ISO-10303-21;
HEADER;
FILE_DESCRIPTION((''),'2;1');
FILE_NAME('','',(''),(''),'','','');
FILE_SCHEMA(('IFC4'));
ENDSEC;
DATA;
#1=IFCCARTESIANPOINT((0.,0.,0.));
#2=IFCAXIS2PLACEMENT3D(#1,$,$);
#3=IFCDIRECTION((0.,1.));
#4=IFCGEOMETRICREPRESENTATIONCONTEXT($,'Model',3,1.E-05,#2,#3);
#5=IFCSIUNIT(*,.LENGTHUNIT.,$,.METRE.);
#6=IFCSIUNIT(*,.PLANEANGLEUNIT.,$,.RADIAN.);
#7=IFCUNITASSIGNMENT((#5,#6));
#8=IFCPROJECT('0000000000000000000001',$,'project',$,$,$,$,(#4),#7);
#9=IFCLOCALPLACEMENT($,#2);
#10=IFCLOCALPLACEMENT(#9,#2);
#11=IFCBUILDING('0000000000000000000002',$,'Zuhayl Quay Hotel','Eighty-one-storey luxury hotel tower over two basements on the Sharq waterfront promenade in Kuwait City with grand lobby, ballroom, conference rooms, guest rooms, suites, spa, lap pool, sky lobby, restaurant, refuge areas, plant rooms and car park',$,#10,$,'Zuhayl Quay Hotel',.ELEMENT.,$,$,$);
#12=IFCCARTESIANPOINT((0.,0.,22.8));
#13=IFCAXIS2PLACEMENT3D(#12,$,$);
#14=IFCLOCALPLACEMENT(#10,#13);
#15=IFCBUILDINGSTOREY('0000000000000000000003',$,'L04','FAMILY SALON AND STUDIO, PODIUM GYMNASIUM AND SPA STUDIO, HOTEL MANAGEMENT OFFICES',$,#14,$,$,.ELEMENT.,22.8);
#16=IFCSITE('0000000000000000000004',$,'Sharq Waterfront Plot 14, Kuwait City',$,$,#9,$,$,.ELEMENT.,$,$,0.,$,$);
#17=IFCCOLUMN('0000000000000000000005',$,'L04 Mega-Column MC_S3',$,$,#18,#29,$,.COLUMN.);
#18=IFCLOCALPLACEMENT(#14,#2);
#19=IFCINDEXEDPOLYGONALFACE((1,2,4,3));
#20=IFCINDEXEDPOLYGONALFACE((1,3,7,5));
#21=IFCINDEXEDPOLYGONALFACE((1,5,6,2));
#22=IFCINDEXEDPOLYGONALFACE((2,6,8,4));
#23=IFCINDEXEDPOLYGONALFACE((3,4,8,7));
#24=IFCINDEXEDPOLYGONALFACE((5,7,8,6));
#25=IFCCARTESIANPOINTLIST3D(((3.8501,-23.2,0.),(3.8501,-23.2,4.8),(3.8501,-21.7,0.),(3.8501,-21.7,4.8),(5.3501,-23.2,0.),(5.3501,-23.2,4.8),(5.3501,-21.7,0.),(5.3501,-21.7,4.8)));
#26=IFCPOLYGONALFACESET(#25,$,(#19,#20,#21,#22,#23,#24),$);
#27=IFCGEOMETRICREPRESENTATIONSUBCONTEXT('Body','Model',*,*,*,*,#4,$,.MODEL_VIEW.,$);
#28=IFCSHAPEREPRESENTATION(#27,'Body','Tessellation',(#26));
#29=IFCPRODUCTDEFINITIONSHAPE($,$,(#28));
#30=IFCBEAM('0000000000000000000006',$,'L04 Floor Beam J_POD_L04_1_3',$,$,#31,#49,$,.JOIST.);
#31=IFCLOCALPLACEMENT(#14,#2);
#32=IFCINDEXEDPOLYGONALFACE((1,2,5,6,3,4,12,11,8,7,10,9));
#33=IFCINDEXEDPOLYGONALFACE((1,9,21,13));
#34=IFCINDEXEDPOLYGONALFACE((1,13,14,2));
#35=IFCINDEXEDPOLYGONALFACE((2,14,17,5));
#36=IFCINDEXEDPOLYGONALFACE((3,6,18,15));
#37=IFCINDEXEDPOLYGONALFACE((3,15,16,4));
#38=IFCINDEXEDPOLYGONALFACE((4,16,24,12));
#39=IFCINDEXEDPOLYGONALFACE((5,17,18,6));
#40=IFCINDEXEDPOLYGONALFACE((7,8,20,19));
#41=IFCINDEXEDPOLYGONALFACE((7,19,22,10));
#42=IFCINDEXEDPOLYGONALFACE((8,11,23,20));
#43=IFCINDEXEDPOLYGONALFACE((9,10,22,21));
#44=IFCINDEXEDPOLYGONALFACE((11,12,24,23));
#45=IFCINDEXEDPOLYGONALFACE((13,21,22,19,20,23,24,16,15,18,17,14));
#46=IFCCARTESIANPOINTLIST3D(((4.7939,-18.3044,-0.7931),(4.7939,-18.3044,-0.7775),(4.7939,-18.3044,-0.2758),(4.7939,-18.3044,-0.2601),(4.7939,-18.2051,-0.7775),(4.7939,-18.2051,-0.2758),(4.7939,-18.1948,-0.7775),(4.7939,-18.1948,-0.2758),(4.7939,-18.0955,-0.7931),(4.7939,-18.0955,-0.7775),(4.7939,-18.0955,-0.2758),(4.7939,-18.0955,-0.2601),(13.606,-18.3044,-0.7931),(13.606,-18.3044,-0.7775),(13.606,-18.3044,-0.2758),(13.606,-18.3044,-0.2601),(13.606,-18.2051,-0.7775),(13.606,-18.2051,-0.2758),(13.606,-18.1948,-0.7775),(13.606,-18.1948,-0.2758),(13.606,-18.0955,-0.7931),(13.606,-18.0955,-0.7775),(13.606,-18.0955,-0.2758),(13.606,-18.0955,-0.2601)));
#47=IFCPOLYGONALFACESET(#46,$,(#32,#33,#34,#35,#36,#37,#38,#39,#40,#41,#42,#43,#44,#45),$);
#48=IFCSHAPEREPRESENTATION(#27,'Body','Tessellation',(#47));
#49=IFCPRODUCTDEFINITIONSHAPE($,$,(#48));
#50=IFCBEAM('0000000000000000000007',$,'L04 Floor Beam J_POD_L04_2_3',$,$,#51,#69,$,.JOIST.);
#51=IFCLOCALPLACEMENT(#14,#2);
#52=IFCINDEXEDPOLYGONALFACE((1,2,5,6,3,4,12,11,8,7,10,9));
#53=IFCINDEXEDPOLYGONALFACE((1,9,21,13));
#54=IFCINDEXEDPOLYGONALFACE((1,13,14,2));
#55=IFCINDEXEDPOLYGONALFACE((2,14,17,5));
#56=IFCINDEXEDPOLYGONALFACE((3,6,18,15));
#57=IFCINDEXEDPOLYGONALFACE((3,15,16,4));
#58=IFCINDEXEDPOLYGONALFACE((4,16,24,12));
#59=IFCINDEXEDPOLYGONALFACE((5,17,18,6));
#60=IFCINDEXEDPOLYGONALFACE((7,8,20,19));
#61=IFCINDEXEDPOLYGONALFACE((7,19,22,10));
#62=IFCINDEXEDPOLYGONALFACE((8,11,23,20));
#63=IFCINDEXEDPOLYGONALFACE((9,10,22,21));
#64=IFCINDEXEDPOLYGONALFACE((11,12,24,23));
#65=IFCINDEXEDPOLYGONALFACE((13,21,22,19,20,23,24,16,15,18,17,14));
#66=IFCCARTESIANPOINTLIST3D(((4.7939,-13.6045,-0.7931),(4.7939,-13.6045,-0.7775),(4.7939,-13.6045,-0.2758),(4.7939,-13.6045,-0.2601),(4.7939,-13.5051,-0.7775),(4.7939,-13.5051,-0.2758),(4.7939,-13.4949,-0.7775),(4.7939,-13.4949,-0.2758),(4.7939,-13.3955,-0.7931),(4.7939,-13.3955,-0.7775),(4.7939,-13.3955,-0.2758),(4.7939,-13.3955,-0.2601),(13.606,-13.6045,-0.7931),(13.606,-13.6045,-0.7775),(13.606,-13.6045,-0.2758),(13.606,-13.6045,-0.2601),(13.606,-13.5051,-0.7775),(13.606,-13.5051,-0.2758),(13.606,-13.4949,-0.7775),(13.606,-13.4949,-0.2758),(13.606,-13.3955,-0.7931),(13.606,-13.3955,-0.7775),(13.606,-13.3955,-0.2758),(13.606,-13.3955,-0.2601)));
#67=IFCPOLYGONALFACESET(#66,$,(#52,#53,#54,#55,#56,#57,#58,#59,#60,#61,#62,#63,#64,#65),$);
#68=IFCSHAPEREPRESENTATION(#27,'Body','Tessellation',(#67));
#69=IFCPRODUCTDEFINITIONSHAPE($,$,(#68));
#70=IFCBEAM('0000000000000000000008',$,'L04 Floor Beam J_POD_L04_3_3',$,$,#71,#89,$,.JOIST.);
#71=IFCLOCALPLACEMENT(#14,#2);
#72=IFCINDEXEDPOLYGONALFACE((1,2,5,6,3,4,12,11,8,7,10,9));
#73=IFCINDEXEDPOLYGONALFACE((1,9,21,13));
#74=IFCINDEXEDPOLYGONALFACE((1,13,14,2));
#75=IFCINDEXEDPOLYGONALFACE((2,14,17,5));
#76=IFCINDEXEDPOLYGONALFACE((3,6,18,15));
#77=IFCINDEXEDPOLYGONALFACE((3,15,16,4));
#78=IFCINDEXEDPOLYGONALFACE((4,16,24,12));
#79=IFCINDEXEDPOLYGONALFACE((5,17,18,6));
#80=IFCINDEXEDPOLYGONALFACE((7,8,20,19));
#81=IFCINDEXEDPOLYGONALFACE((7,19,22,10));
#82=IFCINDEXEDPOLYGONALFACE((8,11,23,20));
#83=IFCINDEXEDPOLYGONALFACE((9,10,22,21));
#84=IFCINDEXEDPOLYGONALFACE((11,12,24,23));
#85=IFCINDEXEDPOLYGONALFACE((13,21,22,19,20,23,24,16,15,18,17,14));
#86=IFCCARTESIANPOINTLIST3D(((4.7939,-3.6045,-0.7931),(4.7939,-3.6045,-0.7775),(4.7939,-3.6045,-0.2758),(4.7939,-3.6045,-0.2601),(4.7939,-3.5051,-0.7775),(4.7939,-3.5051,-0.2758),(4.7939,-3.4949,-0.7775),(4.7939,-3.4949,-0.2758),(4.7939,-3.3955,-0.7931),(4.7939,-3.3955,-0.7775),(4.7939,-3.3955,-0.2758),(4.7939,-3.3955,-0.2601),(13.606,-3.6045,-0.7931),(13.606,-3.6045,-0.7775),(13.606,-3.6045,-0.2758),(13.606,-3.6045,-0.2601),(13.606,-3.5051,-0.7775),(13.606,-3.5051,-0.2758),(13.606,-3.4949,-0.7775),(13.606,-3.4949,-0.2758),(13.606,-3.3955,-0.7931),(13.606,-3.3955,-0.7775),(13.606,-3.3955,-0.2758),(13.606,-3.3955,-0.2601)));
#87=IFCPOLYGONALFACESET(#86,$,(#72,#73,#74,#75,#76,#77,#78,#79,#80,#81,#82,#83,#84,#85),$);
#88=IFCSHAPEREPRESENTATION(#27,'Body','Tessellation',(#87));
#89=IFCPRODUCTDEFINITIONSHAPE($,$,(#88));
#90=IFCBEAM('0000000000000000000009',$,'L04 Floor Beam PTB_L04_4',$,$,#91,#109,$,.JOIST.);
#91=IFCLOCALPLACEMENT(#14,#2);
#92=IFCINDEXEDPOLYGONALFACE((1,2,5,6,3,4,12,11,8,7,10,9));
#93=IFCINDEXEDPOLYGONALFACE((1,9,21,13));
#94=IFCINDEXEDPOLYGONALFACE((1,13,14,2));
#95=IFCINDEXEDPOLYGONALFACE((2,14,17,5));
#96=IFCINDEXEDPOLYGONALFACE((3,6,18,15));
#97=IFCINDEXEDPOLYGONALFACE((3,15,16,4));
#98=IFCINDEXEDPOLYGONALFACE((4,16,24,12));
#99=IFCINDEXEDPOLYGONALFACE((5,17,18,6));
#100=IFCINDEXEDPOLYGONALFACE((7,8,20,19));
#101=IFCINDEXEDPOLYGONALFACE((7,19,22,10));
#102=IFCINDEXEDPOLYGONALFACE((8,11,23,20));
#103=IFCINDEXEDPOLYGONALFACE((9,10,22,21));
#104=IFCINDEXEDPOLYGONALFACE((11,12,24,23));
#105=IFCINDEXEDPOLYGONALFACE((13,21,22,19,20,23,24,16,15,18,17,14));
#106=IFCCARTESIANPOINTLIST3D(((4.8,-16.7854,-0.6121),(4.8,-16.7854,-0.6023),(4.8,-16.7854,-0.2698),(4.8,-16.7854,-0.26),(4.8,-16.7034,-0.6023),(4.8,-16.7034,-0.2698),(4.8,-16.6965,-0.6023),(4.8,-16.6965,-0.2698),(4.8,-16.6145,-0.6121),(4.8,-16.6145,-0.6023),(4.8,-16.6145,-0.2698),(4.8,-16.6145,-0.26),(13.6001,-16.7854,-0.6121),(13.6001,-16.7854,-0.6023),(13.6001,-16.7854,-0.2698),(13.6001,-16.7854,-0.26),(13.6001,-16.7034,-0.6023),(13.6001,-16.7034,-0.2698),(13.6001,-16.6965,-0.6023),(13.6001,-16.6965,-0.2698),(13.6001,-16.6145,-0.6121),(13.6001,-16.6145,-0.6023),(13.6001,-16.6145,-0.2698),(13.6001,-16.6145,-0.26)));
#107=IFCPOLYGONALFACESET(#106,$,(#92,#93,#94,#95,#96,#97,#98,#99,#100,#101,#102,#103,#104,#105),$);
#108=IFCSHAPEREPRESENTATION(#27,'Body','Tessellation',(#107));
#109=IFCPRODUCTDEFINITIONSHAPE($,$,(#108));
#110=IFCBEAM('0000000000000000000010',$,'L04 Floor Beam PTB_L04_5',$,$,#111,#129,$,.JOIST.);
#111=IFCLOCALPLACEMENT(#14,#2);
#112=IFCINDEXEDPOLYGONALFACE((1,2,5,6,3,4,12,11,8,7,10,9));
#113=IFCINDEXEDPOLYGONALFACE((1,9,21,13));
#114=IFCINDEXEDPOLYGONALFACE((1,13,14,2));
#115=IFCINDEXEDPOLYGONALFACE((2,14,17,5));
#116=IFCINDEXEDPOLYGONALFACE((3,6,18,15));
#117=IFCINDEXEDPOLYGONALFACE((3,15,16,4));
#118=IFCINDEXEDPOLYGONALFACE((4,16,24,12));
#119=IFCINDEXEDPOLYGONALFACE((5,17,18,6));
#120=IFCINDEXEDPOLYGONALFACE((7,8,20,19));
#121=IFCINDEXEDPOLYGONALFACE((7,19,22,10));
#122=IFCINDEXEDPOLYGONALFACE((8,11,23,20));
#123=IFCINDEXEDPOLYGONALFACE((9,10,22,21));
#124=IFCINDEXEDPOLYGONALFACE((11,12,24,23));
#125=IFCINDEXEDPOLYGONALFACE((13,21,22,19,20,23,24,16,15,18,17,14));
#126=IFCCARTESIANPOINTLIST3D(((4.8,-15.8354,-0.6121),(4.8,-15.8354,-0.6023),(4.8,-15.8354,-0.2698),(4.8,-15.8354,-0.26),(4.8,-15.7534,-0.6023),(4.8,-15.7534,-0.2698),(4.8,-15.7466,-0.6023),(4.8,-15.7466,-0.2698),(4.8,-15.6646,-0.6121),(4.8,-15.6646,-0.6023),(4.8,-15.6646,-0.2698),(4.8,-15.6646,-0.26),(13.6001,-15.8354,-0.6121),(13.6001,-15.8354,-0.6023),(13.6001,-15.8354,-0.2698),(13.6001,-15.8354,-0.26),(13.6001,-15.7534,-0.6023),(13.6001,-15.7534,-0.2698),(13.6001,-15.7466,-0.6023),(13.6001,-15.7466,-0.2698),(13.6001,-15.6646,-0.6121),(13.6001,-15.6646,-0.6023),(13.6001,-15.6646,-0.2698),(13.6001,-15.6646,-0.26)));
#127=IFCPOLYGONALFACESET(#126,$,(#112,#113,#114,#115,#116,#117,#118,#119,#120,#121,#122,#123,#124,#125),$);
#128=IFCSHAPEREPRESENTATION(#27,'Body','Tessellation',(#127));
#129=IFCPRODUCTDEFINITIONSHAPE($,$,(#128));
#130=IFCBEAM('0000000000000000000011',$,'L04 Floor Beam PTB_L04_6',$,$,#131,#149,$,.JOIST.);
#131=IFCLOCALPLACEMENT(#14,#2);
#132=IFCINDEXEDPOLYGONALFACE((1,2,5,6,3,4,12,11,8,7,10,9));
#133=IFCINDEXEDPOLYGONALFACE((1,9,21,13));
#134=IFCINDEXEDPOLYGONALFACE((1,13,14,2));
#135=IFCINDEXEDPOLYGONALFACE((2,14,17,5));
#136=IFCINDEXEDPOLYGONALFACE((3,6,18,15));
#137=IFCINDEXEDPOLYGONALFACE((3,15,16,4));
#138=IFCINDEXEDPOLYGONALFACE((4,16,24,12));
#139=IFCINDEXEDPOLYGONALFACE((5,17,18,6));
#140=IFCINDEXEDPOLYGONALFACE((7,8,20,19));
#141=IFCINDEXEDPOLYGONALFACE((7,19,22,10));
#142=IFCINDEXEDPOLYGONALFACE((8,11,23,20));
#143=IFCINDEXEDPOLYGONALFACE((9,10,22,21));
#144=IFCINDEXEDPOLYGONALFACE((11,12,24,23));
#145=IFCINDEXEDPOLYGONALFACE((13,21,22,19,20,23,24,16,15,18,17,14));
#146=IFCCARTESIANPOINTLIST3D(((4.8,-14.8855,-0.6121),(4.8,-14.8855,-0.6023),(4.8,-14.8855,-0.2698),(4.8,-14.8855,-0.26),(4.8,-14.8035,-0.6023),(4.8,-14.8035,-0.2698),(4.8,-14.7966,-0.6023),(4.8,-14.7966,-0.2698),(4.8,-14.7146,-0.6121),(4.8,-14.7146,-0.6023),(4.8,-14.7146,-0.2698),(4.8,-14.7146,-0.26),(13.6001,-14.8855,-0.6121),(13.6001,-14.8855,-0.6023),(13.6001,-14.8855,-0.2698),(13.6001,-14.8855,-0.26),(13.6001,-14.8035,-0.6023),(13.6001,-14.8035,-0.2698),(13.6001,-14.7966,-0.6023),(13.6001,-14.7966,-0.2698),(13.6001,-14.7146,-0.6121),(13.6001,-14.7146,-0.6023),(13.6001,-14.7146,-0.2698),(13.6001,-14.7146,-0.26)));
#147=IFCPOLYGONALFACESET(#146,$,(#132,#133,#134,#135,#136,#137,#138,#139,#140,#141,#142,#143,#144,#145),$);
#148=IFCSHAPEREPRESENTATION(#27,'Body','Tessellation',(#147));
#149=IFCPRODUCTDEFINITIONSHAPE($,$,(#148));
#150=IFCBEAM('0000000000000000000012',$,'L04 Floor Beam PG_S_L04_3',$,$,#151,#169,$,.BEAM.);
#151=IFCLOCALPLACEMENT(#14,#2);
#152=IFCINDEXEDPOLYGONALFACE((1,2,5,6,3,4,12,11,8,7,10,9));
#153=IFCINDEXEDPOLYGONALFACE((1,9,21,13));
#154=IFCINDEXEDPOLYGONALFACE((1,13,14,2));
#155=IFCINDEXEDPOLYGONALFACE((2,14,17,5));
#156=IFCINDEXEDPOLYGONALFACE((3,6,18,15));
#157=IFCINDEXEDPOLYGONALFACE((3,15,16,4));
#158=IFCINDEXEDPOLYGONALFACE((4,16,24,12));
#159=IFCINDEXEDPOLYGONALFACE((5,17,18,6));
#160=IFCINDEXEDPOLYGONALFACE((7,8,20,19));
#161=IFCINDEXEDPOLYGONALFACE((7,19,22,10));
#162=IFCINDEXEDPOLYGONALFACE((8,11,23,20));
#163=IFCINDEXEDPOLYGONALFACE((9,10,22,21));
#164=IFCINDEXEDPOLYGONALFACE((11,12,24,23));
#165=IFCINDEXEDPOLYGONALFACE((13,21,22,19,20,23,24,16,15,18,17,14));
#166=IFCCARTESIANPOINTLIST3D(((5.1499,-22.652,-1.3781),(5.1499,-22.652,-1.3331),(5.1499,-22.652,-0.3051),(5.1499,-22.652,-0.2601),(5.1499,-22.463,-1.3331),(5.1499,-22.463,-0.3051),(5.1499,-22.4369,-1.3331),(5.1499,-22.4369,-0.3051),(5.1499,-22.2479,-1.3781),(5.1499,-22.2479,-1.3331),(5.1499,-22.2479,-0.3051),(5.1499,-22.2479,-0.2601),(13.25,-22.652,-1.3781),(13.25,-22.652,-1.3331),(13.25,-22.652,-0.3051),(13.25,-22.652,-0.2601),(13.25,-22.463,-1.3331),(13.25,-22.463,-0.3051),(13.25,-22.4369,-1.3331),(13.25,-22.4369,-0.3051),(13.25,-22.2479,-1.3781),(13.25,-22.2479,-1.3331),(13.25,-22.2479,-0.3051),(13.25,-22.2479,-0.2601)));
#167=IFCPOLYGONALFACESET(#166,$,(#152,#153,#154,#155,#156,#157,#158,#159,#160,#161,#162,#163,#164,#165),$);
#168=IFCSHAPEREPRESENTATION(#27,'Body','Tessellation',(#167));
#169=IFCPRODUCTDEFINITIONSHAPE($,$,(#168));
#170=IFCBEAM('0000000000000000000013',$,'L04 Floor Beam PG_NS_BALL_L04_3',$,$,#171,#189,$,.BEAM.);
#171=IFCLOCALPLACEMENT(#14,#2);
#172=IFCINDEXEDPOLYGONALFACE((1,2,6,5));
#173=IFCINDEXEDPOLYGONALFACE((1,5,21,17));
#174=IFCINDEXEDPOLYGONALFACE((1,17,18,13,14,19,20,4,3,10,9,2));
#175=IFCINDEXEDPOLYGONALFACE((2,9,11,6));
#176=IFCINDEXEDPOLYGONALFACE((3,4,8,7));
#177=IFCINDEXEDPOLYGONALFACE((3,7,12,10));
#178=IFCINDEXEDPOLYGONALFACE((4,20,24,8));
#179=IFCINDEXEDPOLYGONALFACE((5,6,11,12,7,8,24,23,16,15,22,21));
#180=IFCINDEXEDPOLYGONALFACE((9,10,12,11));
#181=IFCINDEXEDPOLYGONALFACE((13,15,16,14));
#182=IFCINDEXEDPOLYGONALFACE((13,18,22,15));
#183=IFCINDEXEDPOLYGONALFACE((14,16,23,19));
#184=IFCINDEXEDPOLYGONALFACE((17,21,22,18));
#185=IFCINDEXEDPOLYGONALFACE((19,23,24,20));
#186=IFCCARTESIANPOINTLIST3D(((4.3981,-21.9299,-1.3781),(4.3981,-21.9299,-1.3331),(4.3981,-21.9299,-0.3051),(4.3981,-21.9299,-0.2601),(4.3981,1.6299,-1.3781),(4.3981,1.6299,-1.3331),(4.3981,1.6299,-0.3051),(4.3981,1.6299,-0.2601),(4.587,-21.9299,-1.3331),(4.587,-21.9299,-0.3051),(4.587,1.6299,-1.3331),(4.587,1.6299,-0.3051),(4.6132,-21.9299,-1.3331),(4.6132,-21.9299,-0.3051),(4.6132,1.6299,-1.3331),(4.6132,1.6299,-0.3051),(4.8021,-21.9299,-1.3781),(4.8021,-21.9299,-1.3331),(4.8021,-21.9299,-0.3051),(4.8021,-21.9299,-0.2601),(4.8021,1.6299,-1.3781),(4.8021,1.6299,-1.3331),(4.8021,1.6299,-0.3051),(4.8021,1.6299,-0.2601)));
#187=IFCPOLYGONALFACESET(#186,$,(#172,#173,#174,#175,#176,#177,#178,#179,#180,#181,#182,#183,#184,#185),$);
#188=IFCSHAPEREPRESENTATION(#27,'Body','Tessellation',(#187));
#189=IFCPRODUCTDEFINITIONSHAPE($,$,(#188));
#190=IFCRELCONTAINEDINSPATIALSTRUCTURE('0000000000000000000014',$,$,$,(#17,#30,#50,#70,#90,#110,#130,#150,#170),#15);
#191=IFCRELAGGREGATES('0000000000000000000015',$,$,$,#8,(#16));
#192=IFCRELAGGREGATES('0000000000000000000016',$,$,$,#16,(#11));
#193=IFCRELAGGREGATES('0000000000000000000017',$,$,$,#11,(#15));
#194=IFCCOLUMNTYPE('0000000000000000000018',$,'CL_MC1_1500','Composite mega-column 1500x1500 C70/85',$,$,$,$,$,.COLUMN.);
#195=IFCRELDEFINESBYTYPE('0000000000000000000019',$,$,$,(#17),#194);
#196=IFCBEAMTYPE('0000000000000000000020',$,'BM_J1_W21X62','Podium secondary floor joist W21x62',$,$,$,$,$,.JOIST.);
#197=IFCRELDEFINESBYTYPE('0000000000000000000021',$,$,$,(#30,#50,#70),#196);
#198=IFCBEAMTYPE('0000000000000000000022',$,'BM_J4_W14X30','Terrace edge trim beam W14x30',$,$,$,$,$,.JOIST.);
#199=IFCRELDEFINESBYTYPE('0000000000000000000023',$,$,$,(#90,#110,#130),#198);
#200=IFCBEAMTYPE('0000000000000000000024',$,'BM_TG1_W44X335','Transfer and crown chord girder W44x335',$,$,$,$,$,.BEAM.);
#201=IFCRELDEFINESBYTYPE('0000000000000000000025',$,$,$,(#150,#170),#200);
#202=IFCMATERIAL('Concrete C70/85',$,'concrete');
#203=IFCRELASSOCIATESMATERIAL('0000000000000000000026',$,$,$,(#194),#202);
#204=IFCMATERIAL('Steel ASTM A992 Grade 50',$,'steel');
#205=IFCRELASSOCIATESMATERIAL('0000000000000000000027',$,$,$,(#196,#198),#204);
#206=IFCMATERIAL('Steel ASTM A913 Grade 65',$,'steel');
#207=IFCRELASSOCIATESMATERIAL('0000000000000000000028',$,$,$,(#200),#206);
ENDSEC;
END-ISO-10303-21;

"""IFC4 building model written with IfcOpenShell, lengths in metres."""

from ifc_helpers import new_model, si_unit, direction, frame, origin, origin_2d, place, context, subcontext, project, spatial, rectangle, i_section, extrude, material, material_profile, profile_set, type_object, element, save


model = new_model("IFC4")

# Units and contexts
model_context = context("Model", 3, precision=1e-05, world=origin(), true_north=direction((0.0, 1.0)))
body_context = subcontext(model_context, "Body", "Model", "MODEL_VIEW")
ifc_project = project(units=[si_unit("LENGTHUNIT", "METRE"), si_unit("PLANEANGLEUNIT", "RADIAN")], contexts=[model_context])

# Site, building, storey
site_placement = place(None, origin())
site = spatial("IfcSite", under=ifc_project, at=site_placement, Name="Sharq Waterfront Plot 14, Kuwait City", CompositionType="ELEMENT", RefElevation=0.0)
building_placement = place(site_placement, origin())
building = spatial("IfcBuilding", under=site, at=building_placement, Name="Zuhayl Quay Hotel", Description="Eighty-one-storey luxury hotel tower over two basements on the Sharq waterfront promenade in Kuwait City with grand lobby, ballroom, conference rooms, guest rooms, suites, spa, lap pool, sky lobby, restaurant, refuge areas, plant rooms and car park", LongName="Zuhayl Quay Hotel", CompositionType="ELEMENT")
storey_placement = place(building_placement, frame((0.0, 0.0, 22.8)))
storey = spatial("IfcBuildingStorey", under=building, at=storey_placement, Name="L04", Description="FAMILY SALON AND STUDIO, PODIUM GYMNASIUM AND SPA STUDIO, HOTEL MANAGEMENT OFFICES", CompositionType="ELEMENT", Elevation=22.8)

# Column
ifc_material_1 = material(Name="Concrete C70/85", Category="concrete")
ifc_material_profile_1 = material_profile(ifc_material_1, rectangle(XDim=1.5, YDim=1.5, at=origin_2d()), Name="RC1500X1500")
ifc_profile_set_1 = profile_set([ifc_material_profile_1], Name="Concrete C70/85")
column_type = type_object("IfcColumnType", Name="CL_MC1_1500", Description="Composite mega-column 1500x1500 C70/85", PredefinedType="COLUMN", material=ifc_profile_set_1)
column_placement = place(storey_placement, frame((4.6001, -22.45, 0.0), z_axis=(0.0, 0.0, 1.0), x_axis=(1.0, 0.0, 0.0)))
element("IfcColumn", 1, at=column_placement, inside=storey, type_object=column_type, Name="L04 Mega-Column MC_S3", PredefinedType="COLUMN", context=body_context, shape_type="SweptSolid", body=[
    extrude(rectangle(XDim=1.5, YDim=1.5, at=origin_2d()), origin(), (0.0, 0.0, 1.0), 4.8),
])

# Beams
ifc_material_2 = material(Name="Steel ASTM A992 Grade 50", Category="steel")
ifc_material_profile_2 = material_profile(ifc_material_2, i_section(OverallWidth=0.209, OverallDepth=0.533, WebThickness=0.0103, FlangeThickness=0.0156, at=origin_2d()), Name="W21X62")
ifc_profile_set_2 = profile_set([ifc_material_profile_2], Name="Steel ASTM A992 Grade 50")
beam_type_1 = type_object("IfcBeamType", Name="BM_J1_W21X62", Description="Podium secondary floor joist W21x62", PredefinedType="JOIST", material=ifc_profile_set_2)
for number, where, z_axis, x_axis, name in (
    (2, (4.7939, -18.2, -0.5266), (1.0, 0.0, 0.0), (0.0, 1.0, 0.0), "L04 Floor Beam J_POD_L04_1_3"),
    (3, (4.7939, -13.5, -0.5266), (1.0, 0.0, 0.0), (0.0, 1.0, 0.0), "L04 Floor Beam J_POD_L04_2_3"),
    (4, (4.7939, -3.5, -0.5266), (1.0, 0.0, 0.0), (0.0, 1.0, 0.0), "L04 Floor Beam J_POD_L04_3_3"),
):
    element("IfcBeam", number, at=place(storey_placement, frame(where, z_axis=z_axis, x_axis=x_axis)), inside=storey, type_object=beam_type_1, Name=name, PredefinedType="JOIST", context=body_context, shape_type="SweptSolid", body=[
        extrude(i_section(OverallWidth=0.209, OverallDepth=0.533, WebThickness=0.0103, FlangeThickness=0.0156, at=origin_2d()), origin(), (0.0, 0.0, 1.0), 8.812),
    ])
ifc_material_profile_3 = material_profile(ifc_material_2, i_section(OverallWidth=0.1709, OverallDepth=0.3521, WebThickness=0.0068, FlangeThickness=0.0098, at=origin_2d()), Name="W14X30")
ifc_profile_set_3 = profile_set([ifc_material_profile_3], Name="Steel ASTM A992 Grade 50")
beam_type_2 = type_object("IfcBeamType", Name="BM_J4_W14X30", Description="Terrace edge trim beam W14x30", PredefinedType="JOIST", material=ifc_profile_set_3)
for number, where, z_axis, x_axis, name in (
    (5, (4.8, -16.7, -0.436), (1.0, 0.0, 0.0), (0.0, 1.0, 0.0), "L04 Floor Beam PTB_L04_4"),
    (6, (4.8, -15.75, -0.436), (1.0, 0.0, 0.0), (0.0, 1.0, 0.0), "L04 Floor Beam PTB_L04_5"),
    (7, (4.8, -14.8, -0.436), (1.0, 0.0, 0.0), (0.0, 1.0, 0.0), "L04 Floor Beam PTB_L04_6"),
):
    element("IfcBeam", number, at=place(storey_placement, frame(where, z_axis=z_axis, x_axis=x_axis)), inside=storey, type_object=beam_type_2, Name=name, PredefinedType="JOIST", context=body_context, shape_type="SweptSolid", body=[
        extrude(i_section(OverallWidth=0.1709, OverallDepth=0.3521, WebThickness=0.0068, FlangeThickness=0.0098, at=origin_2d()), origin(), (0.0, 0.0, 1.0), 8.8),
    ])
ifc_material_3 = material(Name="Steel ASTM A913 Grade 65", Category="steel")
ifc_material_profile_4 = material_profile(ifc_material_3, i_section(OverallWidth=0.4041, OverallDepth=1.1179, WebThickness=0.0261, FlangeThickness=0.0449, at=origin_2d()), Name="W44X335")
ifc_profile_set_4 = profile_set([ifc_material_profile_4], Name="Steel ASTM A913 Grade 65")
beam_type_3 = type_object("IfcBeamType", Name="BM_TG1_W44X335", Description="Transfer and crown chord girder W44x335", PredefinedType="BEAM", material=ifc_profile_set_4)
beam_1_placement = place(storey_placement, frame((5.1499, -22.45, -0.8191), z_axis=(1.0, 0.0, 0.0), x_axis=(0.0, 1.0, 0.0)))
element("IfcBeam", 8, at=beam_1_placement, inside=storey, type_object=beam_type_3, Name="L04 Floor Beam PG_S_L04_3", PredefinedType="BEAM", context=body_context, shape_type="SweptSolid", body=[
    extrude(i_section(OverallWidth=0.4041, OverallDepth=1.1179, WebThickness=0.0261, FlangeThickness=0.0449, at=origin_2d()), origin(), (0.0, 0.0, 1.0), 8.1001),
])
beam_2_placement = place(storey_placement, frame((4.6001, -21.9299, -0.8191), z_axis=(0.0, 1.0, 0.0), x_axis=(-1.0, 0.0, 0.0)))
element("IfcBeam", 9, at=beam_2_placement, inside=storey, type_object=beam_type_3, Name="L04 Floor Beam PG_NS_BALL_L04_3", PredefinedType="BEAM", context=body_context, shape_type="SweptSolid", body=[
    extrude(i_section(OverallWidth=0.4041, OverallDepth=1.1179, WebThickness=0.0261, FlangeThickness=0.0449, at=origin_2d()), origin(), (0.0, 0.0, 1.0), 23.5598),
])

save(model, "model.ifc")
